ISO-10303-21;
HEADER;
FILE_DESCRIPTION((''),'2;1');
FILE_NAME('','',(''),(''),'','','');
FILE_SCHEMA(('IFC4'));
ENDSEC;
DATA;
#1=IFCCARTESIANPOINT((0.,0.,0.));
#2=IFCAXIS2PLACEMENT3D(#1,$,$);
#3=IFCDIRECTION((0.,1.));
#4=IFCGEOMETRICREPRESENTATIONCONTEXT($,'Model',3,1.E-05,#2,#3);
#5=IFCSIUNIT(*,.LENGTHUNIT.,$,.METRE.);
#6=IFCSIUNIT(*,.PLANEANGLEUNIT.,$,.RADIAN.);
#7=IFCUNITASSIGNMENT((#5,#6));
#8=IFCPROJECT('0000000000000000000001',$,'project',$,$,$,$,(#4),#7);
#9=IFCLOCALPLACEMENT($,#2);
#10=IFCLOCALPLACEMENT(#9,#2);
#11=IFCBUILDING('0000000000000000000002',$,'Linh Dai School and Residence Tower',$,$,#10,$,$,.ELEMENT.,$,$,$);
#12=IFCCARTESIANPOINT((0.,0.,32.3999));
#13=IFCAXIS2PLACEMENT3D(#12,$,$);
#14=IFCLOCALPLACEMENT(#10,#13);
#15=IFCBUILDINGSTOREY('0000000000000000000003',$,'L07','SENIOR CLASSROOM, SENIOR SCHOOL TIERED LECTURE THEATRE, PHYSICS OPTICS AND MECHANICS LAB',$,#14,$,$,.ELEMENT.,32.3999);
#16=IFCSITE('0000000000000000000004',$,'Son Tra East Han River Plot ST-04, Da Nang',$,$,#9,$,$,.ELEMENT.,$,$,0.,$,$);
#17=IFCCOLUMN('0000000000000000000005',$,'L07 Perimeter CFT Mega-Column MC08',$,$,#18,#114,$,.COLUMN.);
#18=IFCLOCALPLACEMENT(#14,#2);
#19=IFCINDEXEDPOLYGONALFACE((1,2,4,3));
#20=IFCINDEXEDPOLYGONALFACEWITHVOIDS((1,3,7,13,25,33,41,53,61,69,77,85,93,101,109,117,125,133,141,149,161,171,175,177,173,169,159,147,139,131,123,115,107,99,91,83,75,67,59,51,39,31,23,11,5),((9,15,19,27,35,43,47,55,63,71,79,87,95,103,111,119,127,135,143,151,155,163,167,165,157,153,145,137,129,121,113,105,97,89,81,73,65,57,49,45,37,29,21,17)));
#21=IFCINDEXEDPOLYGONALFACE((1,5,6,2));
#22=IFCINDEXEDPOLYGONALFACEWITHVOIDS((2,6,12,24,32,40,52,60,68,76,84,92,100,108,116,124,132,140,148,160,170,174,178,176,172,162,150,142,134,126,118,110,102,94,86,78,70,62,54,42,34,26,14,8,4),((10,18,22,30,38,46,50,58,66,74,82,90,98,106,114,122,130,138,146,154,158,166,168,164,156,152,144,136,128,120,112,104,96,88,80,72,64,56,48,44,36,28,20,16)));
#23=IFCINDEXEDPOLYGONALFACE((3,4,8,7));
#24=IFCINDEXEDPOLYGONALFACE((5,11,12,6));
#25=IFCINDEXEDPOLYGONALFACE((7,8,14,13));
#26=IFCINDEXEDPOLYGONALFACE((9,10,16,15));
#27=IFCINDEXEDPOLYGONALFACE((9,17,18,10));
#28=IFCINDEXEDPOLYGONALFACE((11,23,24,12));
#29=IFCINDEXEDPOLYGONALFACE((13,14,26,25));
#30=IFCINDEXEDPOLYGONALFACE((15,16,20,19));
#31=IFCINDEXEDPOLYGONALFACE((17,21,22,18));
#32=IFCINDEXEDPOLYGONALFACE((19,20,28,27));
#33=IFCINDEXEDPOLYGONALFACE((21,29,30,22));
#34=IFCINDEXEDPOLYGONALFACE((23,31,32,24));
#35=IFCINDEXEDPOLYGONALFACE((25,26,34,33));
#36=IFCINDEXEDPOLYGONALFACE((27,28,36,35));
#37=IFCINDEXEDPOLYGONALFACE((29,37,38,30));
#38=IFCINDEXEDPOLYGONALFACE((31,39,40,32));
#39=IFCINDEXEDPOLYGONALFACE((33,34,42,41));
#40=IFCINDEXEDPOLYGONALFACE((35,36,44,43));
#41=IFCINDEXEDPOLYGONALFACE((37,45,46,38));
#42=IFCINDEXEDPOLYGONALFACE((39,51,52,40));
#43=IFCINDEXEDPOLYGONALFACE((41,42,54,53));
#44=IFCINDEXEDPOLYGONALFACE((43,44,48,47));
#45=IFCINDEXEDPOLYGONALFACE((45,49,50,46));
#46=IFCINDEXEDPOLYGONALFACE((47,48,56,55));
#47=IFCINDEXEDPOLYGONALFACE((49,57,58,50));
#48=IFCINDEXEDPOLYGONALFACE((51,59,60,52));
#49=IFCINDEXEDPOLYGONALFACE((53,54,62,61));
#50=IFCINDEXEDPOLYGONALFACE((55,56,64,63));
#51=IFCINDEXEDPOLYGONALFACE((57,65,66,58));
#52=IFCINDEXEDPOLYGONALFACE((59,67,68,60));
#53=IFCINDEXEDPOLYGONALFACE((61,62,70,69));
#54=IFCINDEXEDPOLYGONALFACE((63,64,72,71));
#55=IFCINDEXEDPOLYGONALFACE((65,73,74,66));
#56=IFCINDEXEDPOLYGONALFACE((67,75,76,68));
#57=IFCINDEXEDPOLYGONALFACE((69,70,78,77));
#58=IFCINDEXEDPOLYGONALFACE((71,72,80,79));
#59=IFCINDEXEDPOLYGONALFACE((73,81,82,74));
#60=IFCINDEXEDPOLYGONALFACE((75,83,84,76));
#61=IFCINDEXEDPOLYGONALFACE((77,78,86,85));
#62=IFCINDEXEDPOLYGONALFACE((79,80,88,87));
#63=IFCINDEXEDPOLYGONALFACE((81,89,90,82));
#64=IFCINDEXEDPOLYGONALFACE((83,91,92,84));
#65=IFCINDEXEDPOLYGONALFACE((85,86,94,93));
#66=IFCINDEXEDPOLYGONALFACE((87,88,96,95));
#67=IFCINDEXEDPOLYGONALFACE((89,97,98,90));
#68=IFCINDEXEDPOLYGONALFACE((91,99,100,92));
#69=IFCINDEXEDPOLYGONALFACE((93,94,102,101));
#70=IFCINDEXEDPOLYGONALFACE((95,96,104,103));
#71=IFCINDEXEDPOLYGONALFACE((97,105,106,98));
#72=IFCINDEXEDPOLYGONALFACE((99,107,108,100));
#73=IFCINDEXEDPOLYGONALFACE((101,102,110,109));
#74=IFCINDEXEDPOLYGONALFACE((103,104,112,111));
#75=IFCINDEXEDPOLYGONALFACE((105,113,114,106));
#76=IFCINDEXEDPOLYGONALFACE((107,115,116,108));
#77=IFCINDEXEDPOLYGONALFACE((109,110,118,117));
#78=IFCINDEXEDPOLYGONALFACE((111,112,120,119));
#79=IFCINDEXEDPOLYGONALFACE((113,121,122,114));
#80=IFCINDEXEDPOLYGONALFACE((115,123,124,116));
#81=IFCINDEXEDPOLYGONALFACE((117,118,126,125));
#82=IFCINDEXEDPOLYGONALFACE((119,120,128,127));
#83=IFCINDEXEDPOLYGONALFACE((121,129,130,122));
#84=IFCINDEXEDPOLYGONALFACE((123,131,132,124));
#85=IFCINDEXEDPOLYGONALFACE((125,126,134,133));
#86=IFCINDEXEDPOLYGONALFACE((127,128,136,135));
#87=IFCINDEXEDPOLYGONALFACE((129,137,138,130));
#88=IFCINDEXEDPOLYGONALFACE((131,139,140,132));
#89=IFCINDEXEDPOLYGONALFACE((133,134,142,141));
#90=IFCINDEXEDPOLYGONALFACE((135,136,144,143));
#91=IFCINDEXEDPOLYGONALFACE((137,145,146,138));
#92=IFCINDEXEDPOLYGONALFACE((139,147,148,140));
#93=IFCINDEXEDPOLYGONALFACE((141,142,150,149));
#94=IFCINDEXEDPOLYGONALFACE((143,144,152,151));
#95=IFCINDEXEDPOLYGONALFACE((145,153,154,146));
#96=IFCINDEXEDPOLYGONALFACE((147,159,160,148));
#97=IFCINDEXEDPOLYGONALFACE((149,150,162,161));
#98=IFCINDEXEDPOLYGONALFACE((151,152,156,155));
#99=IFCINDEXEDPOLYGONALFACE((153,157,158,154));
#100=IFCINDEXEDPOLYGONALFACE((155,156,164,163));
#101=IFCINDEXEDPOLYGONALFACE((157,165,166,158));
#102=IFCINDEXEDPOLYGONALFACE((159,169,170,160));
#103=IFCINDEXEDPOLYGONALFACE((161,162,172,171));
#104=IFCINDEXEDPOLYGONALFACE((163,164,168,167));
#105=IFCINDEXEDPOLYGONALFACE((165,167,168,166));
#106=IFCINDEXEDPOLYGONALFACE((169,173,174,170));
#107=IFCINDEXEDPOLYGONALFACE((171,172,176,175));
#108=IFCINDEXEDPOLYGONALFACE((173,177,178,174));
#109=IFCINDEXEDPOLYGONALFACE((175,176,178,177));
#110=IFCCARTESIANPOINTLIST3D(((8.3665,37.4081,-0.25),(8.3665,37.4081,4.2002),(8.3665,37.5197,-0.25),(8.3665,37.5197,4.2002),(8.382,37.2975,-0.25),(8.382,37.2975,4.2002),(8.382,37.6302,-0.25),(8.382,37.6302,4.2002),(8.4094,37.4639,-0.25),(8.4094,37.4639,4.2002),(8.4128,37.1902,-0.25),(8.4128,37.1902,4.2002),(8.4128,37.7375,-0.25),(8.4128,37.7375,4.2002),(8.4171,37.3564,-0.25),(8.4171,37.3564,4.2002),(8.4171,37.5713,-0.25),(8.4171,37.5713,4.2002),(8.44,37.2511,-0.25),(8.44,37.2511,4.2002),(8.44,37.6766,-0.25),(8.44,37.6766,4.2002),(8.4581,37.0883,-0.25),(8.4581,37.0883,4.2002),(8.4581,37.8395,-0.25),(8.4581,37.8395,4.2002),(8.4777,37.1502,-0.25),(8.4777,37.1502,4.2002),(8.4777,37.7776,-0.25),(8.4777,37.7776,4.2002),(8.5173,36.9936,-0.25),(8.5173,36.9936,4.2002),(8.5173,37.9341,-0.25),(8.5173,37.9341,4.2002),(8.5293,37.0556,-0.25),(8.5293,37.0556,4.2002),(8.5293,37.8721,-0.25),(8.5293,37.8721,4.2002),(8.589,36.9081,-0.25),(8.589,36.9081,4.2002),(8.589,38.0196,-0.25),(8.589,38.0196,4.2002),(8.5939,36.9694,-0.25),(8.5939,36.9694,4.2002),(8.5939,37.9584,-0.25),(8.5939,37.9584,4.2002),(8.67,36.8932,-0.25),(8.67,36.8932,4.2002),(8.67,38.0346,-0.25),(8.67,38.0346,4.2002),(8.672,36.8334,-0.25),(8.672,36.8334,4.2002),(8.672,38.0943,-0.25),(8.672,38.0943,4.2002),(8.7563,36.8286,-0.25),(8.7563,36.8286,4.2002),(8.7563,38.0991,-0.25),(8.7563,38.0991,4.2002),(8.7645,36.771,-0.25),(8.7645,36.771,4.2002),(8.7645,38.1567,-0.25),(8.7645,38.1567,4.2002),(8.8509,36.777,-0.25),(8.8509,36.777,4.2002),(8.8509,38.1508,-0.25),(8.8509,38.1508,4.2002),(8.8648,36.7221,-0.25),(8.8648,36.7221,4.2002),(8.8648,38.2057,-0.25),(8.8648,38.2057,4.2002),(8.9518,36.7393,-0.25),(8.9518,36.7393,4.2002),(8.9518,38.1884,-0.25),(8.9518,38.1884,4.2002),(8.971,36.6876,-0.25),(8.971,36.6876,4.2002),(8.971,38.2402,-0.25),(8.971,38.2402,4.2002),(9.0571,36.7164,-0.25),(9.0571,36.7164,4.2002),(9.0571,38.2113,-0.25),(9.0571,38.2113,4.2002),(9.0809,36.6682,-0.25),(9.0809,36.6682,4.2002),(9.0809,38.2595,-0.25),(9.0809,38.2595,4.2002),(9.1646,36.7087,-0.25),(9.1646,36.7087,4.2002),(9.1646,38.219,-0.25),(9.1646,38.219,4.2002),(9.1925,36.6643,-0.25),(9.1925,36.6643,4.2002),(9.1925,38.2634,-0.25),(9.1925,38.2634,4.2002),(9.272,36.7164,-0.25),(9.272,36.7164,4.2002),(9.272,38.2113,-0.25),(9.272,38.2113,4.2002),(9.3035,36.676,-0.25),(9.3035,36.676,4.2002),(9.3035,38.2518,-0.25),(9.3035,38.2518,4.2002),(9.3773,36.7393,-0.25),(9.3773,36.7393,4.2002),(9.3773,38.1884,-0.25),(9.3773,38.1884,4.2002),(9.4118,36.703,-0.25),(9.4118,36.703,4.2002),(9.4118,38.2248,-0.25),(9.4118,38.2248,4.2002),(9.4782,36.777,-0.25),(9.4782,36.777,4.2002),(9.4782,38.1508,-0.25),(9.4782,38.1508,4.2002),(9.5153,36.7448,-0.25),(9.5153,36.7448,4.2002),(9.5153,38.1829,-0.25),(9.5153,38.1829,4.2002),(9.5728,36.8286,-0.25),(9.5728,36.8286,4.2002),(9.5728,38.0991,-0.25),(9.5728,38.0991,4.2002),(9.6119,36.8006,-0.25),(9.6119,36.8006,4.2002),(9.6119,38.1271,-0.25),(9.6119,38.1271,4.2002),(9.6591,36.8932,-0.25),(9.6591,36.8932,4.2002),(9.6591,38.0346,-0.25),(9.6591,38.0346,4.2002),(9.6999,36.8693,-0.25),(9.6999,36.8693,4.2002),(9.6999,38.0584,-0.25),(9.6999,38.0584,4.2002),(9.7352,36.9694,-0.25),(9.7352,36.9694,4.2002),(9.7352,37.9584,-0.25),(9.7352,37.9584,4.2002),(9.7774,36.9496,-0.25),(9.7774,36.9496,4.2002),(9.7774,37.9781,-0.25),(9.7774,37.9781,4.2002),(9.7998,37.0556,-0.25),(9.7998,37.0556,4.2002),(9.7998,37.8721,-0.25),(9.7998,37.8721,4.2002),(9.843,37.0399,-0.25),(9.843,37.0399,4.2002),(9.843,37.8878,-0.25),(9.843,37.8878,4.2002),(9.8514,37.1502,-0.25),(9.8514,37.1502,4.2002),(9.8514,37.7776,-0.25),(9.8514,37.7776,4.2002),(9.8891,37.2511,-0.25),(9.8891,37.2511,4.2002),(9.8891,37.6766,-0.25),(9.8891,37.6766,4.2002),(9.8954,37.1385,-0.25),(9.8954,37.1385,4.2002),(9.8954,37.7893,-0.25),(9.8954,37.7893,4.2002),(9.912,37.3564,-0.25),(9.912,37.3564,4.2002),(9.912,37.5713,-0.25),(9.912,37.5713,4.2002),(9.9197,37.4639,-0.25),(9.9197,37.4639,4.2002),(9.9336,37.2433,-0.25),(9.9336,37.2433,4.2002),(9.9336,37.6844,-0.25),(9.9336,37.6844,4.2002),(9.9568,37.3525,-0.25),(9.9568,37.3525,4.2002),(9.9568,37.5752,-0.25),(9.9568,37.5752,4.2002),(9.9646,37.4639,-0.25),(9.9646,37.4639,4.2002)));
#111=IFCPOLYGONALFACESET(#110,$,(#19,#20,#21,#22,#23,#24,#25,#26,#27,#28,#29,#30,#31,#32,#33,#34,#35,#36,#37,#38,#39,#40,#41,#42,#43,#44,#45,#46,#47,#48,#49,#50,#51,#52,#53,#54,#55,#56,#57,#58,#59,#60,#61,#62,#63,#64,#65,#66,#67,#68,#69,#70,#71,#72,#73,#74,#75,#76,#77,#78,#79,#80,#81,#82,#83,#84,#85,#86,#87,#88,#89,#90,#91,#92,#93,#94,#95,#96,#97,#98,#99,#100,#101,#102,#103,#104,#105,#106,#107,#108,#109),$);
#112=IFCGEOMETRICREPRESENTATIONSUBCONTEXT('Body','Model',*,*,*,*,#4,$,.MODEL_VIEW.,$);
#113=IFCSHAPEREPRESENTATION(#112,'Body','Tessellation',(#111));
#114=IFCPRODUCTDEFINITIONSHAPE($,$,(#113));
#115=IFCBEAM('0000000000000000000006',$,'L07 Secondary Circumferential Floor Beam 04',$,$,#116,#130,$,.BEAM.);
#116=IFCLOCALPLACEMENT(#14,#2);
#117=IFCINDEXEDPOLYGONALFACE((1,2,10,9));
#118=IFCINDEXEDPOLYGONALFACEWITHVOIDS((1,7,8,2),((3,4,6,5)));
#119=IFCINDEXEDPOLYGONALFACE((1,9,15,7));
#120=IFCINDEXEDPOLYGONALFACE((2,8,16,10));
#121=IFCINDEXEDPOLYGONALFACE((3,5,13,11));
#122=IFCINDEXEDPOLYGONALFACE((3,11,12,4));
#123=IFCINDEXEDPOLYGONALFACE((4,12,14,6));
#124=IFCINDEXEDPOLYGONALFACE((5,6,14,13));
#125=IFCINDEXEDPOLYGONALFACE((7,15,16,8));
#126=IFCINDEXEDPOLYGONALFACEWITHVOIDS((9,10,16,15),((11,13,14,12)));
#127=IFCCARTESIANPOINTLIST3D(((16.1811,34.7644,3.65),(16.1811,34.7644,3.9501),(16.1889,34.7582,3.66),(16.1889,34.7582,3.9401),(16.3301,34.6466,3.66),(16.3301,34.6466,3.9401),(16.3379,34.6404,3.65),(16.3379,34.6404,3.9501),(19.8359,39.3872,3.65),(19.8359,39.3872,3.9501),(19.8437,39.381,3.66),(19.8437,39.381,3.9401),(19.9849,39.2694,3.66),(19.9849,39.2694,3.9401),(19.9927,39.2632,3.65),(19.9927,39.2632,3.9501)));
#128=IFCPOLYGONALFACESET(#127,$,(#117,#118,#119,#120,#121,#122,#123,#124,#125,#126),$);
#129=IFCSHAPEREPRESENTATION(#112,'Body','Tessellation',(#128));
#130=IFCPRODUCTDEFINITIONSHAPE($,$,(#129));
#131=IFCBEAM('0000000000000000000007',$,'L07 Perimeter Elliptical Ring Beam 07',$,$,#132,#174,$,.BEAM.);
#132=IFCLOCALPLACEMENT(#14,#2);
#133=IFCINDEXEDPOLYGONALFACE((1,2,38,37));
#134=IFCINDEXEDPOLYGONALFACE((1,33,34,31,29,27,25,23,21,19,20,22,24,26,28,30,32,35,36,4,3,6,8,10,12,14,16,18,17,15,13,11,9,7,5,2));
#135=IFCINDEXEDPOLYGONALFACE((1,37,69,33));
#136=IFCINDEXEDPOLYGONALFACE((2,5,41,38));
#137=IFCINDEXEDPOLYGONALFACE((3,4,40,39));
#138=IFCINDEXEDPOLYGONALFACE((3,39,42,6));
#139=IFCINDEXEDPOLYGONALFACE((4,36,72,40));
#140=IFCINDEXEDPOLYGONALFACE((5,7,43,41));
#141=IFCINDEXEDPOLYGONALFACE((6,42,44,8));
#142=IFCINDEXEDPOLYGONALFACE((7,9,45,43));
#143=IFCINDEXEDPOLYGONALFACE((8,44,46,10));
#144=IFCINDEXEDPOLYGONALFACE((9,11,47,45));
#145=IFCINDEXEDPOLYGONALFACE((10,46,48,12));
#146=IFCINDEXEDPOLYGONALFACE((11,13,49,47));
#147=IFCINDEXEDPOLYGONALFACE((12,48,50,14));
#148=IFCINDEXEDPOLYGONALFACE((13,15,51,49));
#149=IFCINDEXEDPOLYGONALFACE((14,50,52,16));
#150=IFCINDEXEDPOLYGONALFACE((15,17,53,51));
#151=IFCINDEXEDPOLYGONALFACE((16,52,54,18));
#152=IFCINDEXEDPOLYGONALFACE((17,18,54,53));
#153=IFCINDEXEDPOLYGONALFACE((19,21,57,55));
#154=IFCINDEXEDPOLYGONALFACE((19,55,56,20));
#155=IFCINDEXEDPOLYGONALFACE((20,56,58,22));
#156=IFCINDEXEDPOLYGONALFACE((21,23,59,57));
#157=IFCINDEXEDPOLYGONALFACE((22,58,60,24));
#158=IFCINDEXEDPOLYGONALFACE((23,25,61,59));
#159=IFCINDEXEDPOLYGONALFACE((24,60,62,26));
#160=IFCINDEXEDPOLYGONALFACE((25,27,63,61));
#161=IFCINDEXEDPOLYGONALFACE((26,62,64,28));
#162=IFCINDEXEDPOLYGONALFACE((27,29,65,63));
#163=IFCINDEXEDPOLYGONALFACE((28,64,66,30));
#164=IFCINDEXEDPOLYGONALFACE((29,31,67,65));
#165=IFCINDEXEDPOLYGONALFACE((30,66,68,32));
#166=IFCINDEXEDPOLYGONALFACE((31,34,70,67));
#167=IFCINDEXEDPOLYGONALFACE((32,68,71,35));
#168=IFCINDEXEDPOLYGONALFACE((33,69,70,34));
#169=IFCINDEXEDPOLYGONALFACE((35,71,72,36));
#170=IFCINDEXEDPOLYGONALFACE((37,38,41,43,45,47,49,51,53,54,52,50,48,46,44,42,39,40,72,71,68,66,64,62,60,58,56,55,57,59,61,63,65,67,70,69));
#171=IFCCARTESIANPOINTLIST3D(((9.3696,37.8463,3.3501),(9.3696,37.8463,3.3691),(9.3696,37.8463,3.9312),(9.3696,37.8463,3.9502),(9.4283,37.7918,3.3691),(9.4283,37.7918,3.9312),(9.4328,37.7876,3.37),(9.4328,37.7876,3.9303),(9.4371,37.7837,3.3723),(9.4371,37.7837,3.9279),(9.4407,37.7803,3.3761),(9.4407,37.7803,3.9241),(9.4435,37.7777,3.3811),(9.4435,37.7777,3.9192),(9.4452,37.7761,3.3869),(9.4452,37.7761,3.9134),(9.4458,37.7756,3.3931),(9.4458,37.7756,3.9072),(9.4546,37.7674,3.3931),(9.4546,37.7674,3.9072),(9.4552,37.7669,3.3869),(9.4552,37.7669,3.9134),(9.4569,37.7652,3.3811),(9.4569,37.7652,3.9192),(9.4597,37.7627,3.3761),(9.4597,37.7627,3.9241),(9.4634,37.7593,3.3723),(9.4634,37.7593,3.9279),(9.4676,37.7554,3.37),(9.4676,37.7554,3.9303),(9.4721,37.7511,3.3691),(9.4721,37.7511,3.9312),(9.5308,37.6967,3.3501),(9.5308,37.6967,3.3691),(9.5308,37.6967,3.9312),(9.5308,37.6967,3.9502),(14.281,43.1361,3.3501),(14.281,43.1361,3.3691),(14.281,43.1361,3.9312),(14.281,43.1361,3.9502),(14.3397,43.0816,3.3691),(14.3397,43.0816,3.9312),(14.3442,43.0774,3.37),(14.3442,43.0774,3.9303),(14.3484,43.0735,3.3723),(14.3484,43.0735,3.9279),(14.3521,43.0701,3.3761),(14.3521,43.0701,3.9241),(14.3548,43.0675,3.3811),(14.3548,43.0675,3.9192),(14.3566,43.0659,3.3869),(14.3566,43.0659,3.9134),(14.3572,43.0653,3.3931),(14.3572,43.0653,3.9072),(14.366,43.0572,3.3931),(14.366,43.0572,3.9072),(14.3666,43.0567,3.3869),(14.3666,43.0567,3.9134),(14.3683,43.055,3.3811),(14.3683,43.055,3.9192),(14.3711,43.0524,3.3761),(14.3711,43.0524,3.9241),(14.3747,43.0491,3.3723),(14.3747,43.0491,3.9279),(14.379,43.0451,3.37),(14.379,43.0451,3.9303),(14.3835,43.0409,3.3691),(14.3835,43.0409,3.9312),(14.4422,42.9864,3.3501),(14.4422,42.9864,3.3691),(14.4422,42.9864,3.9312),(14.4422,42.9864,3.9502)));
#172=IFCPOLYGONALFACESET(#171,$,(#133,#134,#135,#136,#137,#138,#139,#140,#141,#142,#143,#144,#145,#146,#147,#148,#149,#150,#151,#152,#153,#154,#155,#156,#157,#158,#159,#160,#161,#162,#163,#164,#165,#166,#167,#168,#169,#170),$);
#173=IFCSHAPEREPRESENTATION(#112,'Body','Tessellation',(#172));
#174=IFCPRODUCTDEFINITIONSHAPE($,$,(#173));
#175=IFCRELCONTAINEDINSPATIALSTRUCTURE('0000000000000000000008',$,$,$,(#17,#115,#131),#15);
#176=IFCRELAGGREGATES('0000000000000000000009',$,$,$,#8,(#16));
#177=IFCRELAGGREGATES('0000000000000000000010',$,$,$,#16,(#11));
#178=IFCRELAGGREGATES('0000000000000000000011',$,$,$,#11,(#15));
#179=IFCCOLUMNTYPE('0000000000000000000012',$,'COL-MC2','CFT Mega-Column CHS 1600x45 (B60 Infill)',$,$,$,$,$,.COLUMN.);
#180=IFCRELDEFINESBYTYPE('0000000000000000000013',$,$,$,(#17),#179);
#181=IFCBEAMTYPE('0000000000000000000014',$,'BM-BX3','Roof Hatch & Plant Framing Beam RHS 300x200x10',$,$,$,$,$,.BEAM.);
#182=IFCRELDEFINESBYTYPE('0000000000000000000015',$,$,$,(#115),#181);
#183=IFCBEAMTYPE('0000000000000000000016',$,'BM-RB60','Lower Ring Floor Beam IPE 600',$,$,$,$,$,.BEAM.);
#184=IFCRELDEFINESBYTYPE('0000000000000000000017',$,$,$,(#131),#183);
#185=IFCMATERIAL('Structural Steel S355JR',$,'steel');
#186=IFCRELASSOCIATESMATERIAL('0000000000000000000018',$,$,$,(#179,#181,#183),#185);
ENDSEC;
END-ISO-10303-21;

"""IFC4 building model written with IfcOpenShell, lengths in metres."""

from ifc_helpers import new_model, si_unit, direction, frame, origin, origin_2d, place, context, subcontext, project, spatial, hollow_rectangle, hollow_circle, i_section, extrude, material, material_profile, profile_set, type_object, element, save


model = new_model("IFC4")

# Units and contexts
model_context = context("Model", 3, precision=1e-05, world=origin(), true_north=direction((0.0, 1.0)))
body_context = subcontext(model_context, "Body", "Model", "MODEL_VIEW")
ifc_project = project(units=[si_unit("LENGTHUNIT", "METRE"), si_unit("PLANEANGLEUNIT", "RADIAN")], contexts=[model_context])

# Site, building, storey
site_placement = place(None, origin())
site = spatial("IfcSite", under=ifc_project, at=site_placement, Name="Son Tra East Han River Plot ST-04, Da Nang", CompositionType="ELEMENT", RefElevation=0.0)
building_placement = place(site_placement, origin())
building = spatial("IfcBuilding", under=site, at=building_placement, Name="Linh Dai School and Residence Tower", CompositionType="ELEMENT")
storey_placement = place(building_placement, frame((0.0, 0.0, 32.3999)))
storey = spatial("IfcBuildingStorey", under=building, at=storey_placement, Name="L07", Description="SENIOR CLASSROOM, SENIOR SCHOOL TIERED LECTURE THEATRE, PHYSICS OPTICS AND MECHANICS LAB", CompositionType="ELEMENT", Elevation=32.3999)

# Column
ifc_material_1 = material(Name="Structural Steel S355JR", Category="steel")
ifc_material_profile_1 = material_profile(ifc_material_1, hollow_circle(Radius=0.8, WallThickness=0.0449, at=origin_2d()), Name="CHS 1600x45")
ifc_profile_set_1 = profile_set([ifc_material_profile_1], Name="Structural Steel S355JR")
column_type = type_object("IfcColumnType", Name="COL-MC2", Description="CFT Mega-Column CHS 1600x45 (B60 Infill)", PredefinedType="COLUMN", material=ifc_profile_set_1)
for number, where, z_axis, x_axis, name in (
    (1, (9.1646, 37.4639, -0.25), (0.0, 0.0, 1.0), (1.0, 0.0, 0.0), "L07 Perimeter CFT Mega-Column MC08"),
):
    element("IfcColumn", number, at=place(storey_placement, frame(where, z_axis=z_axis, x_axis=x_axis)), inside=storey, type_object=column_type, Name=name, PredefinedType="COLUMN", context=body_context, shape_type="SweptSolid", body=[
        extrude(hollow_circle(Radius=0.8, WallThickness=0.0449, at=origin_2d()), origin(), (0.0, 0.0, 1.0), 4.4502),
    ])

# Beams
ifc_material_profile_2 = material_profile(ifc_material_1, hollow_rectangle(XDim=0.2, YDim=0.3, WallThickness=0.01, at=origin_2d()), Name="RHS 300x200x10")
ifc_profile_set_2 = profile_set([ifc_material_profile_2], Name="Structural Steel S355JR")
beam_type_1 = type_object("IfcBeamType", Name="BM-BX3", Description="Roof Hatch & Plant Framing Beam RHS 300x200x10", PredefinedType="BEAM", material=ifc_profile_set_2)
beam_1_placement = place(storey_placement, frame((19.9143, 39.3252, 3.8), z_axis=(-0.620188, -0.784453, 0.0), x_axis=(0.784453, -0.620188, 0.0)))
element("IfcBeam", 2, at=beam_1_placement, inside=storey, type_object=beam_type_1, Name="L07 Secondary Circumferential Floor Beam 04", PredefinedType="BEAM", context=body_context, shape_type="SweptSolid", body=[
    extrude(hollow_rectangle(XDim=0.2, YDim=0.3, WallThickness=0.01, at=origin_2d()), origin(), (0.0, 0.0, 1.0), 5.8931),
])
ifc_material_profile_3 = material_profile(ifc_material_1, i_section(OverallWidth=0.22, OverallDepth=0.6001, WebThickness=0.012, FlangeThickness=0.019, FilletRadius=0.0239, at=origin_2d()), Name="IPE 600")
ifc_profile_set_3 = profile_set([ifc_material_profile_3], Name="Structural Steel S355JR")
beam_type_2 = type_object("IfcBeamType", Name="BM-RB60", Description="Lower Ring Floor Beam IPE 600", PredefinedType="BEAM", material=ifc_profile_set_3)
beam_2_placement = place(storey_placement, frame((14.3616, 43.0613, 3.6501), z_axis=(-0.680408, -0.732833, 0.0), x_axis=(0.732833, -0.680408, 0.0)))
element("IfcBeam", 3, at=beam_2_placement, inside=storey, type_object=beam_type_2, Name="L07 Perimeter Elliptical Ring Beam 07", PredefinedType="BEAM", context=body_context, shape_type="SweptSolid", body=[
    extrude(i_section(OverallWidth=0.22, OverallDepth=0.6001, WebThickness=0.012, FlangeThickness=0.019, FilletRadius=0.0239, at=origin_2d()), origin(), (0.0, 0.0, 1.0), 7.2183),
])

save(model, "model.ifc")
